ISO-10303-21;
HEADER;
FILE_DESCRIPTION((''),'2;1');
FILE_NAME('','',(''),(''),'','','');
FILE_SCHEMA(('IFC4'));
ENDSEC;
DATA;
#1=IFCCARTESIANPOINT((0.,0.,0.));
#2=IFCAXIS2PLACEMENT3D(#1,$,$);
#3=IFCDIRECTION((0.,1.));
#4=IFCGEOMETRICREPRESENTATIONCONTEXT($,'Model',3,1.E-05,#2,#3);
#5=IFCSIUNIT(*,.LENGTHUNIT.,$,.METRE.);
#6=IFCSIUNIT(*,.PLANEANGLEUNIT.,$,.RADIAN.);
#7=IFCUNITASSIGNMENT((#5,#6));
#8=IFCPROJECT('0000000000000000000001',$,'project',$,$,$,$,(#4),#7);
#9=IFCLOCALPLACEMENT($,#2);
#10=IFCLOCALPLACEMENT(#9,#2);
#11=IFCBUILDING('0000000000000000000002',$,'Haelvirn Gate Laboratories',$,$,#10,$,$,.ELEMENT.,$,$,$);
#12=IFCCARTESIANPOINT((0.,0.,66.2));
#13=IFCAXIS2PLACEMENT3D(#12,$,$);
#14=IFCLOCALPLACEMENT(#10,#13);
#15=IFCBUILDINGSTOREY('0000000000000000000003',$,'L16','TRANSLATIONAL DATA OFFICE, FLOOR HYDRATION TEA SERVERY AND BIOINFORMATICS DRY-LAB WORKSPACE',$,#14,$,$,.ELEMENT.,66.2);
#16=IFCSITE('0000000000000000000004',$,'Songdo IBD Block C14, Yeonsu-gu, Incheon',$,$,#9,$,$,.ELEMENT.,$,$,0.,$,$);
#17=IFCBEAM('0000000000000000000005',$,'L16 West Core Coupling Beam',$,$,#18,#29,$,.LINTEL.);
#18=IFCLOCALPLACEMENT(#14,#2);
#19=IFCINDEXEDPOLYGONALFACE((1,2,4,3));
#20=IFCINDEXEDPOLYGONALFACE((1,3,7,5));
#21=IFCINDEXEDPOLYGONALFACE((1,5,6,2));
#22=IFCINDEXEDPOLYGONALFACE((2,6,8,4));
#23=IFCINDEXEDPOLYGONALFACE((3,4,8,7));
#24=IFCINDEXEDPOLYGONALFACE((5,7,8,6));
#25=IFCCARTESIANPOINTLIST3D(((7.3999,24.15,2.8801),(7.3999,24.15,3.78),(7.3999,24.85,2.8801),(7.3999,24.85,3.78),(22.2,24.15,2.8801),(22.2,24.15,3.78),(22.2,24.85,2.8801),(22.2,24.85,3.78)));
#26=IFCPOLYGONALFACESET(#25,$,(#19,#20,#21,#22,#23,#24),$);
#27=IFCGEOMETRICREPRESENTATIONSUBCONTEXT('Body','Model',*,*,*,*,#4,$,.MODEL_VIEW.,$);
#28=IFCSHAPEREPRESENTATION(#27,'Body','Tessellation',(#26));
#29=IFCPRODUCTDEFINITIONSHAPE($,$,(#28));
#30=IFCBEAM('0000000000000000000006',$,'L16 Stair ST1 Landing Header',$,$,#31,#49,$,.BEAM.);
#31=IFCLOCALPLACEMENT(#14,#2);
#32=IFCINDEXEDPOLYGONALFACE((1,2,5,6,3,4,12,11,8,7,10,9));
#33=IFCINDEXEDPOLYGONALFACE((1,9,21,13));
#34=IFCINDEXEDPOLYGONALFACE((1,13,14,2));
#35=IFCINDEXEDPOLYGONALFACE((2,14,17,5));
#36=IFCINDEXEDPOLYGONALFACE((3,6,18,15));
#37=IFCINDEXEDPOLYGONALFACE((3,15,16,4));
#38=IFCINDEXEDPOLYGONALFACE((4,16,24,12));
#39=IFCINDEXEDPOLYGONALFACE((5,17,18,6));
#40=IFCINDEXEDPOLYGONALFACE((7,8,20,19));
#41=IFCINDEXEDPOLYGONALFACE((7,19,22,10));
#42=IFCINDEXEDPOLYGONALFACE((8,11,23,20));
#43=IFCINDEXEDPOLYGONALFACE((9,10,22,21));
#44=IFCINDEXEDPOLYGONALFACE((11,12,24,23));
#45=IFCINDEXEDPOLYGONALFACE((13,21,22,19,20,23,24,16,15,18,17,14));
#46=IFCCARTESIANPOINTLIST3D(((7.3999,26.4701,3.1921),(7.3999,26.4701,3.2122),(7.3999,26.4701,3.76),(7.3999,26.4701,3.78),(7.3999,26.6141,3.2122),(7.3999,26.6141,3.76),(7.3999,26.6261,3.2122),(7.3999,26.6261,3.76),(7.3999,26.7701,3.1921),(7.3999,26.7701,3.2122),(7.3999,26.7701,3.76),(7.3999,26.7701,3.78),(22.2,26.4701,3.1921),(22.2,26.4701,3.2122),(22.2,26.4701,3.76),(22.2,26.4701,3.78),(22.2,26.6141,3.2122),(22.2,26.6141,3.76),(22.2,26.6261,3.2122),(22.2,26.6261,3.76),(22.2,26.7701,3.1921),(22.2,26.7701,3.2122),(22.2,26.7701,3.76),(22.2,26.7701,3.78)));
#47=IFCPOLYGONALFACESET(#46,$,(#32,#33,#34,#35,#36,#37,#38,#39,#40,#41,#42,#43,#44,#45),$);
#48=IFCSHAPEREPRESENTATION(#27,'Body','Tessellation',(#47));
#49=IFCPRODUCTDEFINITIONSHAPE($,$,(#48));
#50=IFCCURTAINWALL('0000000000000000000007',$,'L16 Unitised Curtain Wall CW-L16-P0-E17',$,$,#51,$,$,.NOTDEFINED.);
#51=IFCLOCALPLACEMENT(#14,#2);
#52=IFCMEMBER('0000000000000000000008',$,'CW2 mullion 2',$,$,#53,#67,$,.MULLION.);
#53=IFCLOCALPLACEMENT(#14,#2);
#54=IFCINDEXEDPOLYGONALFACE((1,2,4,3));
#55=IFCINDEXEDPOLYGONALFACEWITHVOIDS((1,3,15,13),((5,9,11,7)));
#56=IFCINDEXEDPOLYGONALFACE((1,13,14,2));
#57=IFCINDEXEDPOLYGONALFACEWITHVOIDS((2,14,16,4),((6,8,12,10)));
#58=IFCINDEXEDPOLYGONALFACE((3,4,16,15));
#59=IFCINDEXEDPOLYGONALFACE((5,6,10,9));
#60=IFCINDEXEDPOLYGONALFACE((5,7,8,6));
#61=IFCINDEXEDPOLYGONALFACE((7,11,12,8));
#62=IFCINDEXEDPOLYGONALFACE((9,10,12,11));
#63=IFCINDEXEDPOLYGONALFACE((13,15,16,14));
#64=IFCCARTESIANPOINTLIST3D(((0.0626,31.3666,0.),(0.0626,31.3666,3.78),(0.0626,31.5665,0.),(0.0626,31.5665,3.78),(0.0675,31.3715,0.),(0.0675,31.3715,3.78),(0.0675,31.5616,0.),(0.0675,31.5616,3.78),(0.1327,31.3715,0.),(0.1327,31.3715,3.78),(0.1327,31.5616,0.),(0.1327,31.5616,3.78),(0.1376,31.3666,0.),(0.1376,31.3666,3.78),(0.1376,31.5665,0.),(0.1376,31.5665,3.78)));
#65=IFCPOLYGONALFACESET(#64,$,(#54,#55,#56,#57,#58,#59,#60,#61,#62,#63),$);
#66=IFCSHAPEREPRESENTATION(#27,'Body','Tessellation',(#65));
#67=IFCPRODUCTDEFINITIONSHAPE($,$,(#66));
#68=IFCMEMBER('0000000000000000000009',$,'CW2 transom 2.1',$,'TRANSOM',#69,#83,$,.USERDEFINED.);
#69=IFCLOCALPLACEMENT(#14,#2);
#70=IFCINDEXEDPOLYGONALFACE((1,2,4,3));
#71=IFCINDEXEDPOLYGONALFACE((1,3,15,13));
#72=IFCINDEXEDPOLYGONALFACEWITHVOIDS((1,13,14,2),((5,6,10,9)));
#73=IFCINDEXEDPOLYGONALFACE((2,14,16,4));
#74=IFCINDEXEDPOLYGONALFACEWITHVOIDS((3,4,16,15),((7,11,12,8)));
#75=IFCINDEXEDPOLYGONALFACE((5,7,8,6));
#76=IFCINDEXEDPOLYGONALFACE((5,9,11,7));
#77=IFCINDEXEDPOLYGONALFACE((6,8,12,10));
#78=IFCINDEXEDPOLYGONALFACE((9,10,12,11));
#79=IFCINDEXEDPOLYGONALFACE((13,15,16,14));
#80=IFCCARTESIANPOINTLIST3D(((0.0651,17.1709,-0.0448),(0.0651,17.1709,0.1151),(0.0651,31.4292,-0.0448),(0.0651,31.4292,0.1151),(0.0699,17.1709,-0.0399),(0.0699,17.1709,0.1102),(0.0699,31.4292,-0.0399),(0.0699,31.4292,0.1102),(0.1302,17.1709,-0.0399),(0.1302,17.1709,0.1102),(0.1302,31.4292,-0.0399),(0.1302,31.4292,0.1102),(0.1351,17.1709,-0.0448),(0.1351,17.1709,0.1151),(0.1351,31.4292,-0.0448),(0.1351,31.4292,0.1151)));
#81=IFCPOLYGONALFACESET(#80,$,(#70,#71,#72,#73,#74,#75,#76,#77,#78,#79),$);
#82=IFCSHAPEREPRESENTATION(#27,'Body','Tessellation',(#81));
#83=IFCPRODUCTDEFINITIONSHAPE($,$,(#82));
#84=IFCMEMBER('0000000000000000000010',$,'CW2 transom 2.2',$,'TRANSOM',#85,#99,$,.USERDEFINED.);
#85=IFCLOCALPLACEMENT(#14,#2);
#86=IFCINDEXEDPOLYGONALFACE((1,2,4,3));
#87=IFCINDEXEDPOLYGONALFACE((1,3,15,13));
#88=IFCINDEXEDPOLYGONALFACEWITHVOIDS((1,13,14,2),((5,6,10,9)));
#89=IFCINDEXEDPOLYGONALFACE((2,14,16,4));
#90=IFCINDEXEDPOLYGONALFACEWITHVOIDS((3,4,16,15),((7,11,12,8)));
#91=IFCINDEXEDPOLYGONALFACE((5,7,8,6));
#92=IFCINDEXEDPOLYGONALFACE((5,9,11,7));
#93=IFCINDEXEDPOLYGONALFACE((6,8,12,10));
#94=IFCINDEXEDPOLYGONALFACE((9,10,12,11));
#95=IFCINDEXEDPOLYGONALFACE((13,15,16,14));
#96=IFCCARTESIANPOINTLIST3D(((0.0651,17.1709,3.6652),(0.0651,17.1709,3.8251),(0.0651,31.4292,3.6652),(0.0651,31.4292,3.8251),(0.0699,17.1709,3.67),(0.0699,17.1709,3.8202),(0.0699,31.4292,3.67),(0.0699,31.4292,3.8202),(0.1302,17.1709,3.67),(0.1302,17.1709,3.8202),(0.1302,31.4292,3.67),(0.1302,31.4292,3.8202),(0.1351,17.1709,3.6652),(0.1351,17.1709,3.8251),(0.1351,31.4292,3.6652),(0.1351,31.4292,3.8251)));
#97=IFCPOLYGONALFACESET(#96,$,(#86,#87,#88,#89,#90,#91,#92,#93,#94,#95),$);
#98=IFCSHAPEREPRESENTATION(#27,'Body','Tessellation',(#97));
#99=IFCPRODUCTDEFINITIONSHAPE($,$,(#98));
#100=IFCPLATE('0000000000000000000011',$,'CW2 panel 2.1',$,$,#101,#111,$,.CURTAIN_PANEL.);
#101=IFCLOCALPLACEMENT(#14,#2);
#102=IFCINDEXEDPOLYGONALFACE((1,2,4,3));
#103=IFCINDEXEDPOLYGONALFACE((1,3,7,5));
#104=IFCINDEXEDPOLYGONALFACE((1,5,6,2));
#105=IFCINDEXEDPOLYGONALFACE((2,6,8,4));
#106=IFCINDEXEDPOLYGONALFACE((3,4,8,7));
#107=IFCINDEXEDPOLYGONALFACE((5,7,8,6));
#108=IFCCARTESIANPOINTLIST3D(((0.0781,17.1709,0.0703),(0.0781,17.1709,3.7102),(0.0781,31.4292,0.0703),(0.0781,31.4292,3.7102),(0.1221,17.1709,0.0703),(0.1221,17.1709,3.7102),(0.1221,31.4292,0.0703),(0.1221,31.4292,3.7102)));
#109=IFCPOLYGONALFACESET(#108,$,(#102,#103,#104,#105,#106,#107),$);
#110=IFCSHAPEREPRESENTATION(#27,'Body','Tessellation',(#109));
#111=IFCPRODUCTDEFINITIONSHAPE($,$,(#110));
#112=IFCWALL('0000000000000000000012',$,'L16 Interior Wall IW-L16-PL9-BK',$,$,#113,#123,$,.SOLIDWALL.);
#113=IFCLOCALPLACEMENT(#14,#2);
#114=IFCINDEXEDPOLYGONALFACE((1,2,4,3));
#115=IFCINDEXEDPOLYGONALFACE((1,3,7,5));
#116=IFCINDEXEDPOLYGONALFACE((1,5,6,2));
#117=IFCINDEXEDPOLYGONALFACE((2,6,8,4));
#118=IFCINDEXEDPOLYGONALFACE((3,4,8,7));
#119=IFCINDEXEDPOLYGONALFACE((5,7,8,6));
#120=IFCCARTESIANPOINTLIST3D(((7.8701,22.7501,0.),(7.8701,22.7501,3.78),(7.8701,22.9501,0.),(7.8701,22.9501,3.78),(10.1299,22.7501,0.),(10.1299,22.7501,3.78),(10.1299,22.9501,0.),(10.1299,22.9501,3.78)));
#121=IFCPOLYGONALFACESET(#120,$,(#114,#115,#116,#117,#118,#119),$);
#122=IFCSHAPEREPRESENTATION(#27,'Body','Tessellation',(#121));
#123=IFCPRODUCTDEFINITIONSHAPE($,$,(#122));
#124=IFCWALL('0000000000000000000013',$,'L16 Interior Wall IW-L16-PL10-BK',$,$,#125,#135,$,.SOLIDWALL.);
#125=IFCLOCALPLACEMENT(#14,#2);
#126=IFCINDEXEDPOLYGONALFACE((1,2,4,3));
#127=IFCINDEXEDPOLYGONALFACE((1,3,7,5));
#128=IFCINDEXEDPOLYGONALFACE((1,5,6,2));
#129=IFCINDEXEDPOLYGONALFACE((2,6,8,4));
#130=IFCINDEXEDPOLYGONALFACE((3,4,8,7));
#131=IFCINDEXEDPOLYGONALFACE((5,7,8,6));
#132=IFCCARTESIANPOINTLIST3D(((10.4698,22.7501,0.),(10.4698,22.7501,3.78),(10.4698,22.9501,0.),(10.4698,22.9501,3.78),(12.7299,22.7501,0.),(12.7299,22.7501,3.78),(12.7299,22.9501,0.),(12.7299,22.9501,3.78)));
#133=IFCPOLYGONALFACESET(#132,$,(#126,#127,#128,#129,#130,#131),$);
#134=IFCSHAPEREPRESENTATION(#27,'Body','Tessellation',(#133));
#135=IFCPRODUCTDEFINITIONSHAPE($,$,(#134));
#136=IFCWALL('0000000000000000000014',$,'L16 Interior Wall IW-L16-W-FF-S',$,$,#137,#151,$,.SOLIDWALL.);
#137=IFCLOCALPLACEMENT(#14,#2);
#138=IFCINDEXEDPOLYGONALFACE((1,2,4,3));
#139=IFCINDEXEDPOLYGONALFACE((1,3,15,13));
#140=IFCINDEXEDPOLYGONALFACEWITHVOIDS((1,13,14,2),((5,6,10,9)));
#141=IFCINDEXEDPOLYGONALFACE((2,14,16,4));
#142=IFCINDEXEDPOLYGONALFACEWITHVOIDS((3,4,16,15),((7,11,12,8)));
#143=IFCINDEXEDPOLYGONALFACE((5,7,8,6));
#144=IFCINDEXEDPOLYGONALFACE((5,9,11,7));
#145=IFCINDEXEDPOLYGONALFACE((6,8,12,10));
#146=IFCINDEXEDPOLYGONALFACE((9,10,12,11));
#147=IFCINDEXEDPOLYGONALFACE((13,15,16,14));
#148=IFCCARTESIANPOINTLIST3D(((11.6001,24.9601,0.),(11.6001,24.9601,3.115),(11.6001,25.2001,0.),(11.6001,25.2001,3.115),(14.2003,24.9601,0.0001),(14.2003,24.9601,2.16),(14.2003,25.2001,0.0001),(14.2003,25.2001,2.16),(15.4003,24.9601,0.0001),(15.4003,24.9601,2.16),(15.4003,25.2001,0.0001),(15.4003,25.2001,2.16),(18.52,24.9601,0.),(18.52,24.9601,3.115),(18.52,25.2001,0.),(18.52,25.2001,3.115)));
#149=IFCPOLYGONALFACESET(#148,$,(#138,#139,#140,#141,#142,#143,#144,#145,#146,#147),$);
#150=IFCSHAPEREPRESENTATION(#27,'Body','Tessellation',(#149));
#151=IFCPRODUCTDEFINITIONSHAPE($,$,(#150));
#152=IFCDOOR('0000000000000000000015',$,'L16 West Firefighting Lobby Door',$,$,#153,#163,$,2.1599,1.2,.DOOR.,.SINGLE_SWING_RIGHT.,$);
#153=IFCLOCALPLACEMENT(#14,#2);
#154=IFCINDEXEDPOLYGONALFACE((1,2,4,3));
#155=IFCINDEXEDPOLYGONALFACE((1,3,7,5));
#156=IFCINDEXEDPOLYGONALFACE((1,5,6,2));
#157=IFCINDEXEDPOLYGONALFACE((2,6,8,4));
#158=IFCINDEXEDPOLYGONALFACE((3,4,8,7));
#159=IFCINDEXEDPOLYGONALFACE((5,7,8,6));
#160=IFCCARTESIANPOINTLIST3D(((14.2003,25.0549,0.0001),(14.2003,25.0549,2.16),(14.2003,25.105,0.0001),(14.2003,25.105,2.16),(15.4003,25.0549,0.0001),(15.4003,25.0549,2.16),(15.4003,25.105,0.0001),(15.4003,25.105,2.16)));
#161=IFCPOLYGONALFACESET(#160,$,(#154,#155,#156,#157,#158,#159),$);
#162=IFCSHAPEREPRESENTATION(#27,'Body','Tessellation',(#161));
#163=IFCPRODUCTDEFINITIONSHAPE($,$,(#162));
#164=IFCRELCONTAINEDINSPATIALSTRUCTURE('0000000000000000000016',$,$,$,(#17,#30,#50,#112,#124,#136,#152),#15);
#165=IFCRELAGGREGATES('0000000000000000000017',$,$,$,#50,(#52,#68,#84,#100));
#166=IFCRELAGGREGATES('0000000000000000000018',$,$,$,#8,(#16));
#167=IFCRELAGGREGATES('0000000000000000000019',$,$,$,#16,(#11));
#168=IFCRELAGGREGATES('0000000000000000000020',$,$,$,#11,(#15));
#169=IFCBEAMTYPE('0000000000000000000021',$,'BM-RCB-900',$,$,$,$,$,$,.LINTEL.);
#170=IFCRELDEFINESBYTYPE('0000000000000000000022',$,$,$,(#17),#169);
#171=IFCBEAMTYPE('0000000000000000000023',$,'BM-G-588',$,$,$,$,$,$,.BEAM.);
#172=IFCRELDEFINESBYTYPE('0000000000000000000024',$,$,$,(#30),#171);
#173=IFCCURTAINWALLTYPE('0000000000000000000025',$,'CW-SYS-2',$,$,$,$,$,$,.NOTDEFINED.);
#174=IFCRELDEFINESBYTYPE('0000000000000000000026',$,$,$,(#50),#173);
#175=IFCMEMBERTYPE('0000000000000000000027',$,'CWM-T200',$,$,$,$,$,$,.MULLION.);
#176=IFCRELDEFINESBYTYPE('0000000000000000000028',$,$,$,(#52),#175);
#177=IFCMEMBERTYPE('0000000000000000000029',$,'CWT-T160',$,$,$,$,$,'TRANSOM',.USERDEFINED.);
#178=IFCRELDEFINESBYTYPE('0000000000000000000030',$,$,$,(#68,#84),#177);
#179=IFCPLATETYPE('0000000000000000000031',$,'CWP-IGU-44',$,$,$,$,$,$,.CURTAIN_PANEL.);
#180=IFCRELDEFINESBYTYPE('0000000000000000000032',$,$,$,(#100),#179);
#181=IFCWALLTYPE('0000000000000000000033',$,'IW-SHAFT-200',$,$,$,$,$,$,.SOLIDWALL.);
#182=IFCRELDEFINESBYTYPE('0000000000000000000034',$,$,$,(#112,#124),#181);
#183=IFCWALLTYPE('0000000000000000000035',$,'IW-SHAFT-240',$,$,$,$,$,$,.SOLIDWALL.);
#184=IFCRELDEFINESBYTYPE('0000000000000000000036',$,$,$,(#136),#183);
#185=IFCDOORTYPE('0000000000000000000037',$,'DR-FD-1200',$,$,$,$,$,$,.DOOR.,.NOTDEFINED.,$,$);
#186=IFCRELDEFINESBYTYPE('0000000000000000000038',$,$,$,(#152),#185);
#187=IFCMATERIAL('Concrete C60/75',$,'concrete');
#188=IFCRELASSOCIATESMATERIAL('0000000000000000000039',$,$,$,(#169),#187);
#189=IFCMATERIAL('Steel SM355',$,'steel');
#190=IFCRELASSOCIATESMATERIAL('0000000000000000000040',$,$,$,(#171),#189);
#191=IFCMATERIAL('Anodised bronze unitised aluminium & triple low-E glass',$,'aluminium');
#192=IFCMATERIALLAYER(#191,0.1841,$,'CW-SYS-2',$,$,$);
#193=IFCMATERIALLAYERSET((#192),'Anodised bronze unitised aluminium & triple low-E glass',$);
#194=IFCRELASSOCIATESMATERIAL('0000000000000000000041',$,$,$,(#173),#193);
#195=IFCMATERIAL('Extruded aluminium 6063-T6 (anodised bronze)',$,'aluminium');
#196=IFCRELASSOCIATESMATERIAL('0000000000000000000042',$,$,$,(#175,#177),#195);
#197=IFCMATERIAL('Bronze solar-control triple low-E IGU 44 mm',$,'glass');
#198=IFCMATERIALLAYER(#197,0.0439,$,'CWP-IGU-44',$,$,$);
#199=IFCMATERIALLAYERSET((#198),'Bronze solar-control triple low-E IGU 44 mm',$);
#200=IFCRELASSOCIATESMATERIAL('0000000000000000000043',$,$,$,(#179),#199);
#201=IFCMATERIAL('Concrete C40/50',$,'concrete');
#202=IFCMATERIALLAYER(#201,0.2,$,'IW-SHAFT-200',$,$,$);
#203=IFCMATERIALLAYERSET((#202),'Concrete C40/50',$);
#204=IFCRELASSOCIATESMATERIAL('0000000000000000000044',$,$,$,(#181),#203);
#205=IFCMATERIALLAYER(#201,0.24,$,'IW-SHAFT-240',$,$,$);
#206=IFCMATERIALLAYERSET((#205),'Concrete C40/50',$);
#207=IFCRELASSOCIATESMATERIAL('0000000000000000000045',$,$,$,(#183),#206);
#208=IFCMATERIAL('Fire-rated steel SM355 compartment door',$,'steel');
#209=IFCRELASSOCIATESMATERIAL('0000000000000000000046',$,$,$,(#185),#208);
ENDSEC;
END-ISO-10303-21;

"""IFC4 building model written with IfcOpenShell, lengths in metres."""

from ifc_helpers import new_model, si_unit, direction, frame, frame_2d, origin, origin_2d, place, context, subcontext, project, spatial, rectangle, hollow_rectangle, i_section, extrude, source, transform, mapped, material, layer, layer_set, material_profile, profile_set, type_object, type_shapes, element, fill, aggregate, save


model = new_model("IFC4")

# Units and contexts
model_context = context("Model", 3, precision=1e-05, world=origin(), true_north=direction((0.0, 1.0)))
body_context = subcontext(model_context, "Body", "Model", "MODEL_VIEW")
ifc_project = project(units=[si_unit("LENGTHUNIT", "METRE"), si_unit("PLANEANGLEUNIT", "RADIAN")], contexts=[model_context])

# Site, building, storey
site_placement = place(None, origin())
site = spatial("IfcSite", under=ifc_project, at=site_placement, Name="Songdo IBD Block C14, Yeonsu-gu, Incheon", CompositionType="ELEMENT", RefElevation=0.0)
building_placement = place(site_placement, origin())
building = spatial("IfcBuilding", under=site, at=building_placement, Name="Haelvirn Gate Laboratories", CompositionType="ELEMENT")
storey_placement = place(building_placement, frame((0.0, 0.0, 66.2)))
storey = spatial("IfcBuildingStorey", under=building, at=storey_placement, Name="L16", Description="TRANSLATIONAL DATA OFFICE, FLOOR HYDRATION TEA SERVERY AND BIOINFORMATICS DRY-LAB WORKSPACE", CompositionType="ELEMENT", Elevation=66.2)

# Beams
ifc_material_1 = material(Name="Concrete C60/75", Category="concrete")
ifc_material_profile_1 = material_profile(ifc_material_1, rectangle(XDim=0.7, YDim=0.8999, at=origin_2d()), Name="RCB-700x900")
ifc_profile_set_1 = profile_set([ifc_material_profile_1], Name="Concrete C60/75")
beam_type_1 = type_object("IfcBeamType", Name="BM-RCB-900", PredefinedType="LINTEL", material=ifc_profile_set_1)
shared_shape_1 = source(origin(), body_context, "Body", "SweptSolid", [
    extrude(rectangle(XDim=0.7, YDim=0.8999, at=origin_2d()), origin(), (0.0, 0.0, 1.0), 14.8),
])
type_shapes(beam_type_1, [shared_shape_1])
beam_1_placement = place(storey_placement, frame((7.3999, 24.5, 3.3301), z_axis=(1.0, 0.0, 0.0), x_axis=(0.0, 1.0, 0.0)))
element("IfcBeam", 1, at=beam_1_placement, inside=storey, type_object=beam_type_1, Name="L16 West Core Coupling Beam", PredefinedType="LINTEL", context=body_context, shape_type="MappedRepresentation", body=[
    mapped(shared_shape_1, transform((0.0, 0.0, 0.0), scale=1.0)),
])
ifc_material_2 = material(Name="Steel SM355", Category="steel")
ifc_material_profile_2 = material_profile(ifc_material_2, i_section(OverallWidth=0.3, OverallDepth=0.5879, WebThickness=0.012, FlangeThickness=0.02, at=origin_2d()), Name="H-588x300x12x20")
ifc_profile_set_2 = profile_set([ifc_material_profile_2], Name="Steel SM355")
beam_type_2 = type_object("IfcBeamType", Name="BM-G-588", PredefinedType="BEAM", material=ifc_profile_set_2)
shared_shape_2 = source(origin(), body_context, "Body", "SweptSolid", [
    extrude(i_section(OverallWidth=0.3, OverallDepth=0.5879, WebThickness=0.012, FlangeThickness=0.02, at=origin_2d()), origin(), (0.0, 0.0, 1.0), 14.8),
])
type_shapes(beam_type_2, [shared_shape_2])
beam_2_placement = place(storey_placement, frame((7.3999, 26.6201, 3.4861), z_axis=(1.0, 0.0, 0.0), x_axis=(0.0, 1.0, 0.0)))
element("IfcBeam", 2, at=beam_2_placement, inside=storey, type_object=beam_type_2, Name="L16 Stair ST1 Landing Header", PredefinedType="BEAM", context=body_context, shape_type="MappedRepresentation", body=[
    mapped(shared_shape_2, transform((0.0, 0.0, 0.0), scale=1.0)),
])

# Curtain wall, members, plate
ifc_material_3 = material(Name="Anodised bronze unitised aluminium & triple low-E glass", Category="aluminium")
ifc_layer_1 = layer(ifc_material_3, 0.1841, Name="CW-SYS-2")
ifc_layer_set_1 = layer_set([ifc_layer_1], Name="Anodised bronze unitised aluminium & triple low-E glass")
curtain_wall_type = type_object("IfcCurtainWallType", Name="CW-SYS-2", PredefinedType="NOTDEFINED", material=ifc_layer_set_1)
curtain_wall_placement = place(storey_placement, origin())
curtain_wall = element("IfcCurtainWall", 3, at=curtain_wall_placement, inside=storey, type_object=curtain_wall_type, Name="L16 Unitised Curtain Wall CW-L16-P0-E17", PredefinedType="NOTDEFINED")
ifc_material_4 = material(Name="Extruded aluminium 6063-T6 (anodised bronze)", Category="aluminium")
ifc_material_profile_3 = material_profile(ifc_material_4, hollow_rectangle(XDim=0.075, YDim=0.2, WallThickness=0.0049, at=origin_2d()), Name="CWM-200x75x5")
ifc_profile_set_3 = profile_set([ifc_material_profile_3], Name="Extruded aluminium 6063-T6 (anodised bronze)")
member_type_1 = type_object("IfcMemberType", Name="CWM-T200", PredefinedType="MULLION", material=ifc_profile_set_3)
shared_shape_3 = source(origin(), body_context, "Body", "SweptSolid", [
    extrude(hollow_rectangle(XDim=0.075, YDim=0.2, WallThickness=0.0049, at=origin_2d()), origin(), (0.0, 0.0, 1.0), 3.78),
])
type_shapes(member_type_1, [shared_shape_3])
member_1_placement = place(storey_placement, frame((0.1001, 31.4666, 0.0), z_axis=(0.0, 0.0, 1.0), x_axis=(1.0, 0.0, 0.0)))
member_1 = element("IfcMember", 4, at=member_1_placement, type_object=member_type_1, Name="CW2 mullion 2", PredefinedType="MULLION", context=body_context, shape_type="MappedRepresentation", body=[
    mapped(shared_shape_3, transform((0.0, 0.0, 0.0), scale=1.0)),
])
ifc_material_profile_4 = material_profile(ifc_material_4, hollow_rectangle(XDim=0.0701, YDim=0.1599, WallThickness=0.0049, at=origin_2d()), Name="CWT-160x70x5")
ifc_profile_set_4 = profile_set([ifc_material_profile_4], Name="Extruded aluminium 6063-T6 (anodised bronze)")
member_type_2 = type_object("IfcMemberType", Name="CWT-T160", ElementType="TRANSOM", PredefinedType="USERDEFINED", material=ifc_profile_set_4)
shared_shape_4 = source(origin(), body_context, "Body", "SweptSolid", [
    extrude(hollow_rectangle(XDim=0.0701, YDim=0.1599, WallThickness=0.0049, at=origin_2d()), origin(), (0.0, 0.0, 1.0), 14.2583),
])
type_shapes(member_type_2, [shared_shape_4])
member_2_placement = place(storey_placement, frame((0.1001, 31.4292, 0.0352), z_axis=(0.0, -1.0, 0.0), x_axis=(1.0, 0.0, 0.0)))
member_2 = element("IfcMember", 5, at=member_2_placement, type_object=member_type_2, Name="CW2 transom 2.1", ObjectType="TRANSOM", PredefinedType="USERDEFINED", context=body_context, shape_type="MappedRepresentation", body=[
    mapped(shared_shape_4, transform((0.0, 0.0, 0.0), scale=1.0)),
])
member_3_placement = place(storey_placement, frame((0.1001, 31.4292, 3.7451), z_axis=(0.0, -1.0, 0.0), x_axis=(1.0, 0.0, 0.0)))
member_3 = element("IfcMember", 6, at=member_3_placement, type_object=member_type_2, Name="CW2 transom 2.2", ObjectType="TRANSOM", PredefinedType="USERDEFINED", context=body_context, shape_type="MappedRepresentation", body=[
    mapped(shared_shape_4, transform((0.0, 0.0, 0.0), scale=1.0)),
])
ifc_material_5 = material(Name="Bronze solar-control triple low-E IGU 44 mm", Category="glass")
ifc_layer_2 = layer(ifc_material_5, 0.0439, Name="CWP-IGU-44")
ifc_layer_set_2 = layer_set([ifc_layer_2], Name="Bronze solar-control triple low-E IGU 44 mm")
plate_type = type_object("IfcPlateType", Name="CWP-IGU-44", PredefinedType="CURTAIN_PANEL", material=ifc_layer_set_2)
shared_shape_5 = source(origin(), body_context, "Body", "SweptSolid", [
    extrude(rectangle(XDim=14.2583, YDim=0.0439, at=origin_2d()), origin(), (0.0, 0.0, 1.0), 3.6399),
])
type_shapes(plate_type, [shared_shape_5])
plate_placement = place(storey_placement, frame((0.1001, 24.3, 0.0703), z_axis=(0.0, 0.0, 1.0), x_axis=(0.0, -1.0, 0.0)))
plate = element("IfcPlate", 7, at=plate_placement, type_object=plate_type, Name="CW2 panel 2.1", PredefinedType="CURTAIN_PANEL", context=body_context, shape_type="MappedRepresentation", body=[
    mapped(shared_shape_5, transform((0.0, 0.0, 0.0), scale=1.0)),
])
aggregate(curtain_wall, [member_1, member_2, member_3, plate])

# Walls
ifc_material_6 = material(Name="Concrete C40/50", Category="concrete")
ifc_layer_3 = layer(ifc_material_6, 0.2, Name="IW-SHAFT-200")
ifc_layer_set_3 = layer_set([ifc_layer_3], Name="Concrete C40/50")
wall_type_1 = type_object("IfcWallType", Name="IW-SHAFT-200", PredefinedType="SOLIDWALL", material=ifc_layer_set_3)
wall_1_placement = place(storey_placement, frame((7.8701, 22.8501, 0.0), z_axis=(0.0, 0.0, 1.0), x_axis=(1.0, 0.0, 0.0)))
element("IfcWall", 8, at=wall_1_placement, inside=storey, type_object=wall_type_1, Name="L16 Interior Wall IW-L16-PL9-BK", PredefinedType="SOLIDWALL", context=body_context, shape_type="SweptSolid", body=[
    extrude(rectangle(XDim=2.2598, YDim=0.2, at=frame_2d((1.1299, 0.0))), origin(), (0.0, 0.0, 1.0), 3.78),
])
wall_2_placement = place(storey_placement, frame((10.47, 22.8501, 0.0), z_axis=(0.0, 0.0, 1.0), x_axis=(1.0, 0.0, 0.0)))
element("IfcWall", 9, at=wall_2_placement, inside=storey, type_object=wall_type_1, Name="L16 Interior Wall IW-L16-PL10-BK", PredefinedType="SOLIDWALL", context=body_context, shape_type="SweptSolid", body=[
    extrude(rectangle(XDim=2.26, YDim=0.2, at=frame_2d((1.1299, 0.0))), origin(), (0.0, 0.0, 1.0), 3.78),
])

# Wall, opening, door
ifc_layer_4 = layer(ifc_material_6, 0.24, Name="IW-SHAFT-240")
ifc_layer_set_4 = layer_set([ifc_layer_4], Name="Concrete C40/50")
wall_type_2 = type_object("IfcWallType", Name="IW-SHAFT-240", PredefinedType="SOLIDWALL", material=ifc_layer_set_4)
wall_3_placement = place(storey_placement, frame((11.6001, 25.0801, 0.0), z_axis=(0.0, 0.0, 1.0), x_axis=(1.0, 0.0, 0.0)))
wall_3 = element("IfcWall", 10, at=wall_3_placement, inside=storey, type_object=wall_type_2, Name="L16 Interior Wall IW-L16-W-FF-S", PredefinedType="SOLIDWALL", context=body_context, shape_type="SweptSolid", body=[
    extrude(rectangle(XDim=6.9199, YDim=0.24, at=frame_2d((3.46, 0.0))), origin(), (0.0, 0.0, 1.0), 3.115),
])
opening_1_placement = place(wall_3_placement, frame((2.6001, 0.0, 0.0)))
opening_1 = element("IfcOpeningElement", 11, at=opening_1_placement, cuts=wall_3, PredefinedType="OPENING", context=body_context, shape_type="SweptSolid", body=[
    extrude(rectangle(XDim=1.2, YDim=2.1599, at=frame_2d((0.6001, 1.0801))), frame((0.0, 0.1299, 0.0), z_axis=(0.0, -1.0, 0.0), x_axis=(1.0, 0.0, 0.0)), (0.0, 0.0, 1.0), 0.26),
])
ifc_material_7 = material(Name="Fire-rated steel SM355 compartment door", Category="steel")
door_type_1 = type_object("IfcDoorType", Name="DR-FD-1200", OperationType="NOTDEFINED", PredefinedType="DOOR", material=ifc_material_7)
shared_shape_6 = source(origin(), body_context, "Body", "SweptSolid", [
    extrude(rectangle(XDim=1.2, YDim=2.1599, at=frame_2d((0.6001, 1.0801))), frame((0.0, 0.0249, 0.0), z_axis=(0.0, -1.0, 0.0), x_axis=(1.0, 0.0, 0.0)), (0.0, 0.0, 1.0), 0.05),
])
type_shapes(door_type_1, [shared_shape_6])
door_1_placement = place(opening_1_placement, origin())
door_1 = element("IfcDoor", 12, at=door_1_placement, inside=storey, type_object=door_type_1, Name="L16 West Firefighting Lobby Door", OperationType="SINGLE_SWING_RIGHT", OverallHeight=2.1599, OverallWidth=1.2, PredefinedType="DOOR", context=body_context, shape_type="MappedRepresentation", body=[
    mapped(shared_shape_6, transform((0.0, 0.0, 0.0), scale=1.0)),
])
fill(opening_1, door_1)

save(model, "model.ifc")
